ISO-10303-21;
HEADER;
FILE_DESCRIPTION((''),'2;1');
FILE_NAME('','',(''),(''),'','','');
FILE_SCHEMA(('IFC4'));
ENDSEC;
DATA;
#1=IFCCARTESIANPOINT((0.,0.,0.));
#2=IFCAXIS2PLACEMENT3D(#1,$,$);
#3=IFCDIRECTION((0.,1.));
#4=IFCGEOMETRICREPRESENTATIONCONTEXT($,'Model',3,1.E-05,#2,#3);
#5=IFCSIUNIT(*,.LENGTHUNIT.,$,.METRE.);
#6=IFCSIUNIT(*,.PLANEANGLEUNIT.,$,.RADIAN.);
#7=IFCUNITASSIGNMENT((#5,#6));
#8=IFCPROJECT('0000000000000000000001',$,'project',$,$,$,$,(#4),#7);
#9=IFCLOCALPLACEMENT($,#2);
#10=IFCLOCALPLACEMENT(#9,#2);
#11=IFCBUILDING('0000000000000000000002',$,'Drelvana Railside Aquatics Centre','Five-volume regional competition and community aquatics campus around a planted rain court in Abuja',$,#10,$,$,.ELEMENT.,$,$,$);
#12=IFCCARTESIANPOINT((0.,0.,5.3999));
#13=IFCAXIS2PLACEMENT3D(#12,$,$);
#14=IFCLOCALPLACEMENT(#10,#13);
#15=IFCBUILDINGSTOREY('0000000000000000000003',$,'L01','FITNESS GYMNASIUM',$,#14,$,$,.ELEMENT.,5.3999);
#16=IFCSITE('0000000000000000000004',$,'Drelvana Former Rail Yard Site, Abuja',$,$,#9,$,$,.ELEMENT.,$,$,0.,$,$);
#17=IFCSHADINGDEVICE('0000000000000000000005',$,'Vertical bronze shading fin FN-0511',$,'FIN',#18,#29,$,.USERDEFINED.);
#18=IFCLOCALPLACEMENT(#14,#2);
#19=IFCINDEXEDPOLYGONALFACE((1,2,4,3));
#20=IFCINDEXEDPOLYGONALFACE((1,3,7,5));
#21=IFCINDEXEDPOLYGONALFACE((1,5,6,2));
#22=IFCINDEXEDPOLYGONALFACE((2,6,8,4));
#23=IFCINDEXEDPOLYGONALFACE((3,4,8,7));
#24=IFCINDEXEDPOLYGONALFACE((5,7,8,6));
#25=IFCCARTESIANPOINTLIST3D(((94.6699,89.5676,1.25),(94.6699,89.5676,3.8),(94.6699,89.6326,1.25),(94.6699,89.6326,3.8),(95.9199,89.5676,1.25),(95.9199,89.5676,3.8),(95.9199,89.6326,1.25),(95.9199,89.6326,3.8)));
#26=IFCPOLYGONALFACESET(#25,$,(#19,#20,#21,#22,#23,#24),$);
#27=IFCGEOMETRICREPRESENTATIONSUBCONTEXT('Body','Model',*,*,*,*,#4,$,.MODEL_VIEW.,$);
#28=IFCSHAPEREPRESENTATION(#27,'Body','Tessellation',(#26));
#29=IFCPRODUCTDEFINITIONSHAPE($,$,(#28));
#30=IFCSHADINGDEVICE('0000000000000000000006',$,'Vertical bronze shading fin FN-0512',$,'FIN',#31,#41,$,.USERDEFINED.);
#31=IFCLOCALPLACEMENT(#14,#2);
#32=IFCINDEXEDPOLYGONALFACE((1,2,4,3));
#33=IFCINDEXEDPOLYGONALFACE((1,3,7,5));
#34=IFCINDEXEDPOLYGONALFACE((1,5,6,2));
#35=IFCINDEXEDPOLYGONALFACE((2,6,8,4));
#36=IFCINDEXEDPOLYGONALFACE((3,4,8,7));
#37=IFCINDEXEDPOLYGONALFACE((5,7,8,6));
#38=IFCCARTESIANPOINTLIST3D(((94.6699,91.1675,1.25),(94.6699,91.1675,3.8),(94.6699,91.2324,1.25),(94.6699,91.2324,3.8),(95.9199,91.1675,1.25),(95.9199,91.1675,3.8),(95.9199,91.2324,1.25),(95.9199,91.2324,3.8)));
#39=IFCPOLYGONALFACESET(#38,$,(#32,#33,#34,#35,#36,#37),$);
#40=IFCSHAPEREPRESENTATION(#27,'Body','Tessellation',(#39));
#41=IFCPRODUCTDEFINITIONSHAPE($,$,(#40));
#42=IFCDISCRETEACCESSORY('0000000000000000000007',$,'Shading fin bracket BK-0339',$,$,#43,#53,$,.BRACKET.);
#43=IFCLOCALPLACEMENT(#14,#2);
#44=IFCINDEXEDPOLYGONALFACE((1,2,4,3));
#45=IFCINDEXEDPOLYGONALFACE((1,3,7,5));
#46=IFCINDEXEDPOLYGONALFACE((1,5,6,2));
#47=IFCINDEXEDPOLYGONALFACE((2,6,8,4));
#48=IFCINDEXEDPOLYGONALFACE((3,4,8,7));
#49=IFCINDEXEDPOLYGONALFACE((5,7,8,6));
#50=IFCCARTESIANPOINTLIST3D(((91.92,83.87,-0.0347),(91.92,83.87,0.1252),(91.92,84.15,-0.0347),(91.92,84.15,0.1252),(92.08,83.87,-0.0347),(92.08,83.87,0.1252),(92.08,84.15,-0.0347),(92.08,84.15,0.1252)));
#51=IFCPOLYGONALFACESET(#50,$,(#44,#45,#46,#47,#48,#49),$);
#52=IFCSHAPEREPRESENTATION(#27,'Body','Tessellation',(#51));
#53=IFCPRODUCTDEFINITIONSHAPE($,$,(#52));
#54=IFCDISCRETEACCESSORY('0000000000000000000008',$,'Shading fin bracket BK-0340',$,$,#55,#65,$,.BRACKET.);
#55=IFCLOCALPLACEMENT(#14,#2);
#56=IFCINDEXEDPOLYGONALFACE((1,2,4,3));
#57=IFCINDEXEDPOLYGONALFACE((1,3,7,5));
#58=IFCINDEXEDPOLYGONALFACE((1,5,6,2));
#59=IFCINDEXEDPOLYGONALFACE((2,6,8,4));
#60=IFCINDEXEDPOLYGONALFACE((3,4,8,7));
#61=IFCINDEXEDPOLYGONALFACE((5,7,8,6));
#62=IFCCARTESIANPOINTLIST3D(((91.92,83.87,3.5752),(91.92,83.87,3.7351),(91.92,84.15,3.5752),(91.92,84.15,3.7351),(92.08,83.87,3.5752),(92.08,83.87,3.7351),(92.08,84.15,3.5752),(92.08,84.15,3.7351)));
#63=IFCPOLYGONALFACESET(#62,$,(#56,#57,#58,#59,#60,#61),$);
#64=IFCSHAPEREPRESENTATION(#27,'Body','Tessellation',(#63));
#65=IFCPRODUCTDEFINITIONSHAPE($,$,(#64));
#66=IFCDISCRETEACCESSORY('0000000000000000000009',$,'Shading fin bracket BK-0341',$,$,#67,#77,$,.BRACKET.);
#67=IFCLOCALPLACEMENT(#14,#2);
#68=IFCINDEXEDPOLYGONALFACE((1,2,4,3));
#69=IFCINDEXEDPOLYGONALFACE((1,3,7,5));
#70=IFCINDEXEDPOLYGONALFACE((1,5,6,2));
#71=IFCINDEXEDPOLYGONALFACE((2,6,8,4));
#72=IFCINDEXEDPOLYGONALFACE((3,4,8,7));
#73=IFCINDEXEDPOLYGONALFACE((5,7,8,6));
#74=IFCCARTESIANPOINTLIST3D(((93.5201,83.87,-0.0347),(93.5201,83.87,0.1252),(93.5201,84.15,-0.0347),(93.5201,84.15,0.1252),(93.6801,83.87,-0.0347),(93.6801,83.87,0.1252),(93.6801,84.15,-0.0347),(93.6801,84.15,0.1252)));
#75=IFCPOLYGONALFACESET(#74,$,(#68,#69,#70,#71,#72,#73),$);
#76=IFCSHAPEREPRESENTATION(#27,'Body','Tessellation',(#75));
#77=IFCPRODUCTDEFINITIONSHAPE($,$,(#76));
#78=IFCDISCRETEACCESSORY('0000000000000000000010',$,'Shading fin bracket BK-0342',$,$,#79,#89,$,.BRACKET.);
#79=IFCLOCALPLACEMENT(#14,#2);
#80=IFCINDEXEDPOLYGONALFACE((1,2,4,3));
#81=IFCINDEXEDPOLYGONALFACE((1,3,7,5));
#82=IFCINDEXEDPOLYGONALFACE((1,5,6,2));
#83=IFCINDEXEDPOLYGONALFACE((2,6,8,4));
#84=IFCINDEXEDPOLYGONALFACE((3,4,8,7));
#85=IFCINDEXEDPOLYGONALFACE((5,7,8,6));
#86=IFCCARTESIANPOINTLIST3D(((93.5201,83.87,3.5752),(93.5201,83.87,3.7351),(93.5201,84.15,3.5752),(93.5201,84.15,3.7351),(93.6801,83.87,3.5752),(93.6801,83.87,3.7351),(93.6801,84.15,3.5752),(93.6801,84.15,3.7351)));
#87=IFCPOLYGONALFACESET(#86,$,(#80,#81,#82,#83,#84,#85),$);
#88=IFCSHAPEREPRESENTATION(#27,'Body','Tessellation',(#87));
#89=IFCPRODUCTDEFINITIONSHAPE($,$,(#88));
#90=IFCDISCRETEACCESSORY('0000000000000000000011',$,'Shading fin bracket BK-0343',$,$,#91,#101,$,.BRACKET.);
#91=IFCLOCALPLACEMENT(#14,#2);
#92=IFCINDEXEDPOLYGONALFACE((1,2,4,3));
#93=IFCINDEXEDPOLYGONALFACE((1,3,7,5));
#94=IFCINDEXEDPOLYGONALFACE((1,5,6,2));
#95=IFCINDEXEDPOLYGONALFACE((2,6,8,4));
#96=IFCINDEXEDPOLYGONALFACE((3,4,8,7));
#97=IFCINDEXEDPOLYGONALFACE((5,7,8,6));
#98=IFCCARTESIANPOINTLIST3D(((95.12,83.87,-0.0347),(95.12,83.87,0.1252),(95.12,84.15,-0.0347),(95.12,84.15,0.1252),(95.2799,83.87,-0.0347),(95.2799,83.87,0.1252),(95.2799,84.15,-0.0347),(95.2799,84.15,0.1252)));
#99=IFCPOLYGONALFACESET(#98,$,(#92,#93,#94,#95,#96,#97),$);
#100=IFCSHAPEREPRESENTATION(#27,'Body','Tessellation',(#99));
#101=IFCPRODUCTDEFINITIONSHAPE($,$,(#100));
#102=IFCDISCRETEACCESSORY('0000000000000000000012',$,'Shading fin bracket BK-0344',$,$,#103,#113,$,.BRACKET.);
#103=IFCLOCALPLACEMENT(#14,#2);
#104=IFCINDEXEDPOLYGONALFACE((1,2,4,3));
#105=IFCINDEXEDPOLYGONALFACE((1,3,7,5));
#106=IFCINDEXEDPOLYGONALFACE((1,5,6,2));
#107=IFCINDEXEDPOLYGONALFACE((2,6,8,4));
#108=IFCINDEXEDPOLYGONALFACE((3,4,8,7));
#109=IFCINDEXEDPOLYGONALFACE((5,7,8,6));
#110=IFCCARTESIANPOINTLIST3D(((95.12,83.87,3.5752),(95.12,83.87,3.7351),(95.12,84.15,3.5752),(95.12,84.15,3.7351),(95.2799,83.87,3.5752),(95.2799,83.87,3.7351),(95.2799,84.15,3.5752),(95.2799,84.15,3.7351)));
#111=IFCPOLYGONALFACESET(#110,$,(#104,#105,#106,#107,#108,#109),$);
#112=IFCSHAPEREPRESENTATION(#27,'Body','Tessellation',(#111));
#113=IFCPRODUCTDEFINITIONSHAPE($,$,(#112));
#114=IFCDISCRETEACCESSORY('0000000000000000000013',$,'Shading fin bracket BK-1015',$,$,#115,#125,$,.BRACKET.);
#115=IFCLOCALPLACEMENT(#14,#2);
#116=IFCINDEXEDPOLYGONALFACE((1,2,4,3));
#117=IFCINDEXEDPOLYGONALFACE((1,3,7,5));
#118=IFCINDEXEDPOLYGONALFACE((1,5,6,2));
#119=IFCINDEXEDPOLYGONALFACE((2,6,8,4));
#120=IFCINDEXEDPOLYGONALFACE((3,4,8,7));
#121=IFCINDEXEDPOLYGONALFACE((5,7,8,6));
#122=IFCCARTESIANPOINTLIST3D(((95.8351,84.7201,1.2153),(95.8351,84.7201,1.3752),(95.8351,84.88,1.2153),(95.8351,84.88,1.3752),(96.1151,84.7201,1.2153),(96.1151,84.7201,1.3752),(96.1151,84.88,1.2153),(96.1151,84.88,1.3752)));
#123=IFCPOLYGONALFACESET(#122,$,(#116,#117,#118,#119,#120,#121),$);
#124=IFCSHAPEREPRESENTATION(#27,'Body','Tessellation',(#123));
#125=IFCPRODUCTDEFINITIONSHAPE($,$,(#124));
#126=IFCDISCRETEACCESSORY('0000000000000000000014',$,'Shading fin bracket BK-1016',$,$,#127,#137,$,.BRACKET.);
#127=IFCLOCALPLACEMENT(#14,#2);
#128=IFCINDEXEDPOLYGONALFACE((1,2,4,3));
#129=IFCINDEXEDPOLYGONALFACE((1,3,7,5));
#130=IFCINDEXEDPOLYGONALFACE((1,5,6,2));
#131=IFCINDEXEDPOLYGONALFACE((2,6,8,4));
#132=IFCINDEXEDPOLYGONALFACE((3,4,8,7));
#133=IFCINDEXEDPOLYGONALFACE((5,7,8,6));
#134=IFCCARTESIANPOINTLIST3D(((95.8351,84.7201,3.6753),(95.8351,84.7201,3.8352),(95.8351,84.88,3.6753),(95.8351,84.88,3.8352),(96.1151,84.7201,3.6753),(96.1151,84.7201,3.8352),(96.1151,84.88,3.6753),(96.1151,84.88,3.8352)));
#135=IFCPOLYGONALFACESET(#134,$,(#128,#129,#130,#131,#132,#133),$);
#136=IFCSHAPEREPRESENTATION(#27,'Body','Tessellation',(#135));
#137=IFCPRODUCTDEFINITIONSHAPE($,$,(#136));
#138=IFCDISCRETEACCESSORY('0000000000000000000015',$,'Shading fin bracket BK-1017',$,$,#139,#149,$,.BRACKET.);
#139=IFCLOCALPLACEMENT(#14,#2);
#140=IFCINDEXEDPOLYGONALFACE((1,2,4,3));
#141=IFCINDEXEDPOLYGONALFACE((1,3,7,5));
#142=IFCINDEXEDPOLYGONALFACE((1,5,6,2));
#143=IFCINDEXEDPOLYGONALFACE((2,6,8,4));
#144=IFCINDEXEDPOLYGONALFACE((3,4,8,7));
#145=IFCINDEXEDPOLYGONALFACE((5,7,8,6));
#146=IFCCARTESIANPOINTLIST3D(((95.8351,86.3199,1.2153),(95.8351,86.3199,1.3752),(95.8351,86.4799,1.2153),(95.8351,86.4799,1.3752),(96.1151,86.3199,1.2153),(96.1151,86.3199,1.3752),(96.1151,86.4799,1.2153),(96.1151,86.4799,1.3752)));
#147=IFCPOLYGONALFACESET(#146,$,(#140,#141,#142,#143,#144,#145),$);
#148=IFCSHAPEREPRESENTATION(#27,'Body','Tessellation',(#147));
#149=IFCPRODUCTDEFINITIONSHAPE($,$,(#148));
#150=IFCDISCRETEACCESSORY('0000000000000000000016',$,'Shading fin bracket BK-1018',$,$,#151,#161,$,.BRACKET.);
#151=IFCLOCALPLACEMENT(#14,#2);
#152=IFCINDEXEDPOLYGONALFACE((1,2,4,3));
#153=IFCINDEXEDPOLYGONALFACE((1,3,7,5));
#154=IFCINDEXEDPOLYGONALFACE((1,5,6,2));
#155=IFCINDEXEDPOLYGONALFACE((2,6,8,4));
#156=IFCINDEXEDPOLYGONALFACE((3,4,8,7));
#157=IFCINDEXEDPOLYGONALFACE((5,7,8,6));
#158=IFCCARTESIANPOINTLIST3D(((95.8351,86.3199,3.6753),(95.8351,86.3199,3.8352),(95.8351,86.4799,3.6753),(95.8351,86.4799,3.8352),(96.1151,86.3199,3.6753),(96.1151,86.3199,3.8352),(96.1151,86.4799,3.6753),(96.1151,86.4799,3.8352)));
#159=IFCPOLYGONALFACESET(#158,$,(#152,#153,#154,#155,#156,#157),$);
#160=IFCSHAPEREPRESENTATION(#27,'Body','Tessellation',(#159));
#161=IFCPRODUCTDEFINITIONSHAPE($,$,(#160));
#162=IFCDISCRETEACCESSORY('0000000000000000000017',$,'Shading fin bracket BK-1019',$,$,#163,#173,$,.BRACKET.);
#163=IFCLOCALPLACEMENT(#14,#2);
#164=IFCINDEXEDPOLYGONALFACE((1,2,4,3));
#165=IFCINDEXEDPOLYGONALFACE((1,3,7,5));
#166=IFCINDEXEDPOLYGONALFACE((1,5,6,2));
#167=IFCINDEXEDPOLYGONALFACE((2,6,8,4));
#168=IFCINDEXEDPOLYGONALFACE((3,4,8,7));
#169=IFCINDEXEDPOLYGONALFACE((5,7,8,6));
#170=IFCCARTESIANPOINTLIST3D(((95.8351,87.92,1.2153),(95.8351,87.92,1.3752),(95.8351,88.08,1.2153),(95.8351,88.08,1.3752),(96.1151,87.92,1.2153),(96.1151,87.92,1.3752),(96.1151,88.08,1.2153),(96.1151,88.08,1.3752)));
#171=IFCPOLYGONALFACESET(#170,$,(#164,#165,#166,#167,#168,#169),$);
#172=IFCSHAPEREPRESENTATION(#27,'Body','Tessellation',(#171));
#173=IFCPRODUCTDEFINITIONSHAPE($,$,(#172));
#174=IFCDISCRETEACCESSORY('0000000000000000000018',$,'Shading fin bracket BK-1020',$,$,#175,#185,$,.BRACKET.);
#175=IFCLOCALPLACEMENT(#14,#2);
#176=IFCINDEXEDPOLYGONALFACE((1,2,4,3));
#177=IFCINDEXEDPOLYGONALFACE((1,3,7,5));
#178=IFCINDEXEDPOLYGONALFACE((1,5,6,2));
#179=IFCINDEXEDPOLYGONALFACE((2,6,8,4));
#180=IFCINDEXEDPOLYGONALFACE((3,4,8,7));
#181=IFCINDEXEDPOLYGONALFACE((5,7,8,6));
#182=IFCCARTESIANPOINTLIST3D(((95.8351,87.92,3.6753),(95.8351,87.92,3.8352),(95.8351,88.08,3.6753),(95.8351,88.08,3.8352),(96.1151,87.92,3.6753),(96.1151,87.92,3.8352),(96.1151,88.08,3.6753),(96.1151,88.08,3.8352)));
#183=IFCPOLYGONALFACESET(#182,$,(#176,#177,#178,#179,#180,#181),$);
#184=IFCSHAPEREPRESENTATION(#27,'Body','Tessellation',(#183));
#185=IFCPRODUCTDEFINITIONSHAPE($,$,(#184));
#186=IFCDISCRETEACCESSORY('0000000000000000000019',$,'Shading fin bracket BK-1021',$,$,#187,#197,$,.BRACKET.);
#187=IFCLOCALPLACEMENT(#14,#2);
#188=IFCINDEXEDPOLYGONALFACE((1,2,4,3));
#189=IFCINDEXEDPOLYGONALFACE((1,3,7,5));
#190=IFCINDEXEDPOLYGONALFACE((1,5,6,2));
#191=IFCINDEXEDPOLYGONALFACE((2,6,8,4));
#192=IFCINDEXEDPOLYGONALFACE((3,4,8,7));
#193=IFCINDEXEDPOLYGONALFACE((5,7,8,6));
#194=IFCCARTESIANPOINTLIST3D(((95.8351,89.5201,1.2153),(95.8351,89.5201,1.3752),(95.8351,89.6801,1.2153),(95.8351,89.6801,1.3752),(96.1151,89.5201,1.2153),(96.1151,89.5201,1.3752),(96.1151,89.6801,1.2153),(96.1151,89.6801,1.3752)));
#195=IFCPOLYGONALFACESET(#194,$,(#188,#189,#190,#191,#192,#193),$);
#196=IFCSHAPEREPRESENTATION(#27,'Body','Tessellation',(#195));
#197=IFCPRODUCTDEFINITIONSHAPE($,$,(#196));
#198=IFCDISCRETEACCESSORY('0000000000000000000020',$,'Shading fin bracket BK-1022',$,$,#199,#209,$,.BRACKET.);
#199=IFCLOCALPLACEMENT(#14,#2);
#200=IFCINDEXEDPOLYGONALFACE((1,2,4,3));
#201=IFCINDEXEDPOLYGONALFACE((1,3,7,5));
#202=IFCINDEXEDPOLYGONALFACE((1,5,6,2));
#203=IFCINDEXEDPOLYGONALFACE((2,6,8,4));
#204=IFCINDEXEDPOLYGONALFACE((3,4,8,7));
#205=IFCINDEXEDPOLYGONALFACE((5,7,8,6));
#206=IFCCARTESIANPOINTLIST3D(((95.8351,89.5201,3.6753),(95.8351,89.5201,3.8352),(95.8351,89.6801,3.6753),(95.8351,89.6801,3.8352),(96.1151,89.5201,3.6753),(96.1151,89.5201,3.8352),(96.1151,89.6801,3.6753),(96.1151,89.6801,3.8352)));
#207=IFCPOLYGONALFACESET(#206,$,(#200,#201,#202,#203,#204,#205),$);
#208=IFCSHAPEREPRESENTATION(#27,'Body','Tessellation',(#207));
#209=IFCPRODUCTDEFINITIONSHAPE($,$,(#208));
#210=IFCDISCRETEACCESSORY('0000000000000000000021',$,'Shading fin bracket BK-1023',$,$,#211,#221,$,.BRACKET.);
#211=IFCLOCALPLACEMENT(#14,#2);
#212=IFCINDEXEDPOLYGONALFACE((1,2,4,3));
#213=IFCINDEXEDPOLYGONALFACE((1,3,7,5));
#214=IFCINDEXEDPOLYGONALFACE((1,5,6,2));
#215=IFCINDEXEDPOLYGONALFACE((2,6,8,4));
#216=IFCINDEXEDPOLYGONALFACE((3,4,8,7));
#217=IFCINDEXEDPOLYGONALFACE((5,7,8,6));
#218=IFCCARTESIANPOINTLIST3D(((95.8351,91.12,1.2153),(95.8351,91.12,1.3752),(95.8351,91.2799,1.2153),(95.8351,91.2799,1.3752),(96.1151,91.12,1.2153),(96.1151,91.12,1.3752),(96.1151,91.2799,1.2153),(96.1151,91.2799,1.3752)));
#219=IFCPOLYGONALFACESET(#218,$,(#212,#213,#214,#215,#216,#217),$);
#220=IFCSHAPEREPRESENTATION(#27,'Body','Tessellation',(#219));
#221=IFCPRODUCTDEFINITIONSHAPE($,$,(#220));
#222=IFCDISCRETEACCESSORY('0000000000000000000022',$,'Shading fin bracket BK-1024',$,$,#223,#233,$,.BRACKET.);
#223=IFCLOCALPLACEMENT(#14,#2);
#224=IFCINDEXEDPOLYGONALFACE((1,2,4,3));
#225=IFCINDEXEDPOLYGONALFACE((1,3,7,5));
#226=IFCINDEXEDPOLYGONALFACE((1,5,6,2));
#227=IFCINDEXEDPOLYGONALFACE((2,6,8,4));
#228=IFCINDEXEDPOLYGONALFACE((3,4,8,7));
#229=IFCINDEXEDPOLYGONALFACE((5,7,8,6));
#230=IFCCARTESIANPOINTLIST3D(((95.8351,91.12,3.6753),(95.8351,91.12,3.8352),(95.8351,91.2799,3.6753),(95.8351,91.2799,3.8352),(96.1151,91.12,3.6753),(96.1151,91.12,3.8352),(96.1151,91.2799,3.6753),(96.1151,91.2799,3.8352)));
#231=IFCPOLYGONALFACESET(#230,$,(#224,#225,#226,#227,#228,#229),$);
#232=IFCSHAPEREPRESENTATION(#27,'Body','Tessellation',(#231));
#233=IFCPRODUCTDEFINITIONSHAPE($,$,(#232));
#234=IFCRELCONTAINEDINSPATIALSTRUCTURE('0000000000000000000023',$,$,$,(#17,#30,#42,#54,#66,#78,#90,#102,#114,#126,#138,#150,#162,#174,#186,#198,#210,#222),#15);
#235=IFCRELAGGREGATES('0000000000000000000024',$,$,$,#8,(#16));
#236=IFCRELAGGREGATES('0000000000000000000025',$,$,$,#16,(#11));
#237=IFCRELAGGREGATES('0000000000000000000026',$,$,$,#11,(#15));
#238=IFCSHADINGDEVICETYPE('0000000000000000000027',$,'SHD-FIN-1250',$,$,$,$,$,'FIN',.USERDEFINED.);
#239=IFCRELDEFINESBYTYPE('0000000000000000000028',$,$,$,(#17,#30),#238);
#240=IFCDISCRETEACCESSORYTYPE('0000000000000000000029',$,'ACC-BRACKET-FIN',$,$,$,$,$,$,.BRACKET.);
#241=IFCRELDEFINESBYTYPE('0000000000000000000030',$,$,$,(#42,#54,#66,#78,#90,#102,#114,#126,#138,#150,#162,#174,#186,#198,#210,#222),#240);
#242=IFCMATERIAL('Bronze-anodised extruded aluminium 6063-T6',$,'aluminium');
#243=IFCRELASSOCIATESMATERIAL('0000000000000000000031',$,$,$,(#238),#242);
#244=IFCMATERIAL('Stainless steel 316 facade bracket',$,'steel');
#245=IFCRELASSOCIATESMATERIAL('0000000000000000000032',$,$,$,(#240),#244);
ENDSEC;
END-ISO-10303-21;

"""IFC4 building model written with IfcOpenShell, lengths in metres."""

from ifc_helpers import new_model, si_unit, direction, frame, origin, origin_2d, place, context, subcontext, project, spatial, rectangle, extrude, material, type_object, element, save


model = new_model("IFC4")

# Units and contexts
model_context = context("Model", 3, precision=1e-05, world=origin(), true_north=direction((0.0, 1.0)))
body_context = subcontext(model_context, "Body", "Model", "MODEL_VIEW")
ifc_project = project(units=[si_unit("LENGTHUNIT", "METRE"), si_unit("PLANEANGLEUNIT", "RADIAN")], contexts=[model_context])

# Site, building, storey
site_placement = place(None, origin())
site = spatial("IfcSite", under=ifc_project, at=site_placement, Name="Drelvana Former Rail Yard Site, Abuja", CompositionType="ELEMENT", RefElevation=0.0)
building_placement = place(site_placement, origin())
building = spatial("IfcBuilding", under=site, at=building_placement, Name="Drelvana Railside Aquatics Centre", Description="Five-volume regional competition and community aquatics campus around a planted rain court in Abuja", CompositionType="ELEMENT")
storey_placement = place(building_placement, frame((0.0, 0.0, 5.3999)))
storey = spatial("IfcBuildingStorey", under=building, at=storey_placement, Name="L01", Description="FITNESS GYMNASIUM", CompositionType="ELEMENT", Elevation=5.3999)

# Shared definitions
ifc_material_1 = material(Name="Bronze-anodised extruded aluminium 6063-T6", Category="aluminium")

# Shading devices
shading_device_type = type_object("IfcShadingDeviceType", Name="SHD-FIN-1250", ElementType="FIN", PredefinedType="USERDEFINED", material=ifc_material_1)
for number, where, z_axis, x_axis, name in (
    (1, (95.2949, 89.6001, 1.25), (0.0, 0.0, 1.0), (-1.0, 0.0, 0.0), "Vertical bronze shading fin FN-0511"),
    (2, (95.2949, 91.2, 1.25), (0.0, 0.0, 1.0), (-1.0, 0.0, 0.0), "Vertical bronze shading fin FN-0512"),
):
    element("IfcShadingDevice", number, at=place(storey_placement, frame(where, z_axis=z_axis, x_axis=x_axis)), inside=storey, type_object=shading_device_type, Name=name, ObjectType="FIN", PredefinedType="USERDEFINED", context=body_context, shape_type="SweptSolid", body=[
        extrude(rectangle(XDim=1.25, YDim=0.0649, at=origin_2d()), origin(), (0.0, 0.0, 1.0), 2.55),
    ])

# Discrete accessories
ifc_material_2 = material(Name="Stainless steel 316 facade bracket", Category="steel")
discrete_accessory_type = type_object("IfcDiscreteAccessoryType", Name="ACC-BRACKET-FIN", PredefinedType="BRACKET", material=ifc_material_2)
for number, where, z_axis, x_axis, name in (
    (3, (92.0, 84.01, -0.0347), (0.0, 0.0, 1.0), (0.0, 1.0, 0.0), "Shading fin bracket BK-0339"),
    (4, (92.0, 84.01, 3.5752), (0.0, 0.0, 1.0), (0.0, 1.0, 0.0), "Shading fin bracket BK-0340"),
    (5, (93.6001, 84.01, -0.0347), (0.0, 0.0, 1.0), (0.0, 1.0, 0.0), "Shading fin bracket BK-0341"),
    (6, (93.6001, 84.01, 3.5752), (0.0, 0.0, 1.0), (0.0, 1.0, 0.0), "Shading fin bracket BK-0342"),
    (7, (95.2, 84.01, -0.0347), (0.0, 0.0, 1.0), (0.0, 1.0, 0.0), "Shading fin bracket BK-0343"),
    (8, (95.2, 84.01, 3.5752), (0.0, 0.0, 1.0), (0.0, 1.0, 0.0), "Shading fin bracket BK-0344"),
    (9, (95.9751, 84.8, 1.2153), (0.0, 0.0, 1.0), (-1.0, 0.0, 0.0), "Shading fin bracket BK-1015"),
    (10, (95.9751, 84.8, 3.6753), (0.0, 0.0, 1.0), (-1.0, 0.0, 0.0), "Shading fin bracket BK-1016"),
    (11, (95.9751, 86.3999, 1.2153), (0.0, 0.0, 1.0), (-1.0, 0.0, 0.0), "Shading fin bracket BK-1017"),
    (12, (95.9751, 86.3999, 3.6753), (0.0, 0.0, 1.0), (-1.0, 0.0, 0.0), "Shading fin bracket BK-1018"),
    (13, (95.9751, 88.0, 1.2153), (0.0, 0.0, 1.0), (-1.0, 0.0, 0.0), "Shading fin bracket BK-1019"),
    (14, (95.9751, 88.0, 3.6753), (0.0, 0.0, 1.0), (-1.0, 0.0, 0.0), "Shading fin bracket BK-1020"),
    (15, (95.9751, 89.6001, 1.2153), (0.0, 0.0, 1.0), (-1.0, 0.0, 0.0), "Shading fin bracket BK-1021"),
    (16, (95.9751, 89.6001, 3.6753), (0.0, 0.0, 1.0), (-1.0, 0.0, 0.0), "Shading fin bracket BK-1022"),
    (17, (95.9751, 91.2, 1.2153), (0.0, 0.0, 1.0), (-1.0, 0.0, 0.0), "Shading fin bracket BK-1023"),
    (18, (95.9751, 91.2, 3.6753), (0.0, 0.0, 1.0), (-1.0, 0.0, 0.0), "Shading fin bracket BK-1024"),
):
    element("IfcDiscreteAccessory", number, at=place(storey_placement, frame(where, z_axis=z_axis, x_axis=x_axis)), inside=storey, type_object=discrete_accessory_type, Name=name, PredefinedType="BRACKET", context=body_context, shape_type="SweptSolid", body=[
        extrude(rectangle(XDim=0.28, YDim=0.1599, at=origin_2d()), origin(), (0.0, 0.0, 1.0), 0.1599),
    ])

save(model, "model.ifc")
